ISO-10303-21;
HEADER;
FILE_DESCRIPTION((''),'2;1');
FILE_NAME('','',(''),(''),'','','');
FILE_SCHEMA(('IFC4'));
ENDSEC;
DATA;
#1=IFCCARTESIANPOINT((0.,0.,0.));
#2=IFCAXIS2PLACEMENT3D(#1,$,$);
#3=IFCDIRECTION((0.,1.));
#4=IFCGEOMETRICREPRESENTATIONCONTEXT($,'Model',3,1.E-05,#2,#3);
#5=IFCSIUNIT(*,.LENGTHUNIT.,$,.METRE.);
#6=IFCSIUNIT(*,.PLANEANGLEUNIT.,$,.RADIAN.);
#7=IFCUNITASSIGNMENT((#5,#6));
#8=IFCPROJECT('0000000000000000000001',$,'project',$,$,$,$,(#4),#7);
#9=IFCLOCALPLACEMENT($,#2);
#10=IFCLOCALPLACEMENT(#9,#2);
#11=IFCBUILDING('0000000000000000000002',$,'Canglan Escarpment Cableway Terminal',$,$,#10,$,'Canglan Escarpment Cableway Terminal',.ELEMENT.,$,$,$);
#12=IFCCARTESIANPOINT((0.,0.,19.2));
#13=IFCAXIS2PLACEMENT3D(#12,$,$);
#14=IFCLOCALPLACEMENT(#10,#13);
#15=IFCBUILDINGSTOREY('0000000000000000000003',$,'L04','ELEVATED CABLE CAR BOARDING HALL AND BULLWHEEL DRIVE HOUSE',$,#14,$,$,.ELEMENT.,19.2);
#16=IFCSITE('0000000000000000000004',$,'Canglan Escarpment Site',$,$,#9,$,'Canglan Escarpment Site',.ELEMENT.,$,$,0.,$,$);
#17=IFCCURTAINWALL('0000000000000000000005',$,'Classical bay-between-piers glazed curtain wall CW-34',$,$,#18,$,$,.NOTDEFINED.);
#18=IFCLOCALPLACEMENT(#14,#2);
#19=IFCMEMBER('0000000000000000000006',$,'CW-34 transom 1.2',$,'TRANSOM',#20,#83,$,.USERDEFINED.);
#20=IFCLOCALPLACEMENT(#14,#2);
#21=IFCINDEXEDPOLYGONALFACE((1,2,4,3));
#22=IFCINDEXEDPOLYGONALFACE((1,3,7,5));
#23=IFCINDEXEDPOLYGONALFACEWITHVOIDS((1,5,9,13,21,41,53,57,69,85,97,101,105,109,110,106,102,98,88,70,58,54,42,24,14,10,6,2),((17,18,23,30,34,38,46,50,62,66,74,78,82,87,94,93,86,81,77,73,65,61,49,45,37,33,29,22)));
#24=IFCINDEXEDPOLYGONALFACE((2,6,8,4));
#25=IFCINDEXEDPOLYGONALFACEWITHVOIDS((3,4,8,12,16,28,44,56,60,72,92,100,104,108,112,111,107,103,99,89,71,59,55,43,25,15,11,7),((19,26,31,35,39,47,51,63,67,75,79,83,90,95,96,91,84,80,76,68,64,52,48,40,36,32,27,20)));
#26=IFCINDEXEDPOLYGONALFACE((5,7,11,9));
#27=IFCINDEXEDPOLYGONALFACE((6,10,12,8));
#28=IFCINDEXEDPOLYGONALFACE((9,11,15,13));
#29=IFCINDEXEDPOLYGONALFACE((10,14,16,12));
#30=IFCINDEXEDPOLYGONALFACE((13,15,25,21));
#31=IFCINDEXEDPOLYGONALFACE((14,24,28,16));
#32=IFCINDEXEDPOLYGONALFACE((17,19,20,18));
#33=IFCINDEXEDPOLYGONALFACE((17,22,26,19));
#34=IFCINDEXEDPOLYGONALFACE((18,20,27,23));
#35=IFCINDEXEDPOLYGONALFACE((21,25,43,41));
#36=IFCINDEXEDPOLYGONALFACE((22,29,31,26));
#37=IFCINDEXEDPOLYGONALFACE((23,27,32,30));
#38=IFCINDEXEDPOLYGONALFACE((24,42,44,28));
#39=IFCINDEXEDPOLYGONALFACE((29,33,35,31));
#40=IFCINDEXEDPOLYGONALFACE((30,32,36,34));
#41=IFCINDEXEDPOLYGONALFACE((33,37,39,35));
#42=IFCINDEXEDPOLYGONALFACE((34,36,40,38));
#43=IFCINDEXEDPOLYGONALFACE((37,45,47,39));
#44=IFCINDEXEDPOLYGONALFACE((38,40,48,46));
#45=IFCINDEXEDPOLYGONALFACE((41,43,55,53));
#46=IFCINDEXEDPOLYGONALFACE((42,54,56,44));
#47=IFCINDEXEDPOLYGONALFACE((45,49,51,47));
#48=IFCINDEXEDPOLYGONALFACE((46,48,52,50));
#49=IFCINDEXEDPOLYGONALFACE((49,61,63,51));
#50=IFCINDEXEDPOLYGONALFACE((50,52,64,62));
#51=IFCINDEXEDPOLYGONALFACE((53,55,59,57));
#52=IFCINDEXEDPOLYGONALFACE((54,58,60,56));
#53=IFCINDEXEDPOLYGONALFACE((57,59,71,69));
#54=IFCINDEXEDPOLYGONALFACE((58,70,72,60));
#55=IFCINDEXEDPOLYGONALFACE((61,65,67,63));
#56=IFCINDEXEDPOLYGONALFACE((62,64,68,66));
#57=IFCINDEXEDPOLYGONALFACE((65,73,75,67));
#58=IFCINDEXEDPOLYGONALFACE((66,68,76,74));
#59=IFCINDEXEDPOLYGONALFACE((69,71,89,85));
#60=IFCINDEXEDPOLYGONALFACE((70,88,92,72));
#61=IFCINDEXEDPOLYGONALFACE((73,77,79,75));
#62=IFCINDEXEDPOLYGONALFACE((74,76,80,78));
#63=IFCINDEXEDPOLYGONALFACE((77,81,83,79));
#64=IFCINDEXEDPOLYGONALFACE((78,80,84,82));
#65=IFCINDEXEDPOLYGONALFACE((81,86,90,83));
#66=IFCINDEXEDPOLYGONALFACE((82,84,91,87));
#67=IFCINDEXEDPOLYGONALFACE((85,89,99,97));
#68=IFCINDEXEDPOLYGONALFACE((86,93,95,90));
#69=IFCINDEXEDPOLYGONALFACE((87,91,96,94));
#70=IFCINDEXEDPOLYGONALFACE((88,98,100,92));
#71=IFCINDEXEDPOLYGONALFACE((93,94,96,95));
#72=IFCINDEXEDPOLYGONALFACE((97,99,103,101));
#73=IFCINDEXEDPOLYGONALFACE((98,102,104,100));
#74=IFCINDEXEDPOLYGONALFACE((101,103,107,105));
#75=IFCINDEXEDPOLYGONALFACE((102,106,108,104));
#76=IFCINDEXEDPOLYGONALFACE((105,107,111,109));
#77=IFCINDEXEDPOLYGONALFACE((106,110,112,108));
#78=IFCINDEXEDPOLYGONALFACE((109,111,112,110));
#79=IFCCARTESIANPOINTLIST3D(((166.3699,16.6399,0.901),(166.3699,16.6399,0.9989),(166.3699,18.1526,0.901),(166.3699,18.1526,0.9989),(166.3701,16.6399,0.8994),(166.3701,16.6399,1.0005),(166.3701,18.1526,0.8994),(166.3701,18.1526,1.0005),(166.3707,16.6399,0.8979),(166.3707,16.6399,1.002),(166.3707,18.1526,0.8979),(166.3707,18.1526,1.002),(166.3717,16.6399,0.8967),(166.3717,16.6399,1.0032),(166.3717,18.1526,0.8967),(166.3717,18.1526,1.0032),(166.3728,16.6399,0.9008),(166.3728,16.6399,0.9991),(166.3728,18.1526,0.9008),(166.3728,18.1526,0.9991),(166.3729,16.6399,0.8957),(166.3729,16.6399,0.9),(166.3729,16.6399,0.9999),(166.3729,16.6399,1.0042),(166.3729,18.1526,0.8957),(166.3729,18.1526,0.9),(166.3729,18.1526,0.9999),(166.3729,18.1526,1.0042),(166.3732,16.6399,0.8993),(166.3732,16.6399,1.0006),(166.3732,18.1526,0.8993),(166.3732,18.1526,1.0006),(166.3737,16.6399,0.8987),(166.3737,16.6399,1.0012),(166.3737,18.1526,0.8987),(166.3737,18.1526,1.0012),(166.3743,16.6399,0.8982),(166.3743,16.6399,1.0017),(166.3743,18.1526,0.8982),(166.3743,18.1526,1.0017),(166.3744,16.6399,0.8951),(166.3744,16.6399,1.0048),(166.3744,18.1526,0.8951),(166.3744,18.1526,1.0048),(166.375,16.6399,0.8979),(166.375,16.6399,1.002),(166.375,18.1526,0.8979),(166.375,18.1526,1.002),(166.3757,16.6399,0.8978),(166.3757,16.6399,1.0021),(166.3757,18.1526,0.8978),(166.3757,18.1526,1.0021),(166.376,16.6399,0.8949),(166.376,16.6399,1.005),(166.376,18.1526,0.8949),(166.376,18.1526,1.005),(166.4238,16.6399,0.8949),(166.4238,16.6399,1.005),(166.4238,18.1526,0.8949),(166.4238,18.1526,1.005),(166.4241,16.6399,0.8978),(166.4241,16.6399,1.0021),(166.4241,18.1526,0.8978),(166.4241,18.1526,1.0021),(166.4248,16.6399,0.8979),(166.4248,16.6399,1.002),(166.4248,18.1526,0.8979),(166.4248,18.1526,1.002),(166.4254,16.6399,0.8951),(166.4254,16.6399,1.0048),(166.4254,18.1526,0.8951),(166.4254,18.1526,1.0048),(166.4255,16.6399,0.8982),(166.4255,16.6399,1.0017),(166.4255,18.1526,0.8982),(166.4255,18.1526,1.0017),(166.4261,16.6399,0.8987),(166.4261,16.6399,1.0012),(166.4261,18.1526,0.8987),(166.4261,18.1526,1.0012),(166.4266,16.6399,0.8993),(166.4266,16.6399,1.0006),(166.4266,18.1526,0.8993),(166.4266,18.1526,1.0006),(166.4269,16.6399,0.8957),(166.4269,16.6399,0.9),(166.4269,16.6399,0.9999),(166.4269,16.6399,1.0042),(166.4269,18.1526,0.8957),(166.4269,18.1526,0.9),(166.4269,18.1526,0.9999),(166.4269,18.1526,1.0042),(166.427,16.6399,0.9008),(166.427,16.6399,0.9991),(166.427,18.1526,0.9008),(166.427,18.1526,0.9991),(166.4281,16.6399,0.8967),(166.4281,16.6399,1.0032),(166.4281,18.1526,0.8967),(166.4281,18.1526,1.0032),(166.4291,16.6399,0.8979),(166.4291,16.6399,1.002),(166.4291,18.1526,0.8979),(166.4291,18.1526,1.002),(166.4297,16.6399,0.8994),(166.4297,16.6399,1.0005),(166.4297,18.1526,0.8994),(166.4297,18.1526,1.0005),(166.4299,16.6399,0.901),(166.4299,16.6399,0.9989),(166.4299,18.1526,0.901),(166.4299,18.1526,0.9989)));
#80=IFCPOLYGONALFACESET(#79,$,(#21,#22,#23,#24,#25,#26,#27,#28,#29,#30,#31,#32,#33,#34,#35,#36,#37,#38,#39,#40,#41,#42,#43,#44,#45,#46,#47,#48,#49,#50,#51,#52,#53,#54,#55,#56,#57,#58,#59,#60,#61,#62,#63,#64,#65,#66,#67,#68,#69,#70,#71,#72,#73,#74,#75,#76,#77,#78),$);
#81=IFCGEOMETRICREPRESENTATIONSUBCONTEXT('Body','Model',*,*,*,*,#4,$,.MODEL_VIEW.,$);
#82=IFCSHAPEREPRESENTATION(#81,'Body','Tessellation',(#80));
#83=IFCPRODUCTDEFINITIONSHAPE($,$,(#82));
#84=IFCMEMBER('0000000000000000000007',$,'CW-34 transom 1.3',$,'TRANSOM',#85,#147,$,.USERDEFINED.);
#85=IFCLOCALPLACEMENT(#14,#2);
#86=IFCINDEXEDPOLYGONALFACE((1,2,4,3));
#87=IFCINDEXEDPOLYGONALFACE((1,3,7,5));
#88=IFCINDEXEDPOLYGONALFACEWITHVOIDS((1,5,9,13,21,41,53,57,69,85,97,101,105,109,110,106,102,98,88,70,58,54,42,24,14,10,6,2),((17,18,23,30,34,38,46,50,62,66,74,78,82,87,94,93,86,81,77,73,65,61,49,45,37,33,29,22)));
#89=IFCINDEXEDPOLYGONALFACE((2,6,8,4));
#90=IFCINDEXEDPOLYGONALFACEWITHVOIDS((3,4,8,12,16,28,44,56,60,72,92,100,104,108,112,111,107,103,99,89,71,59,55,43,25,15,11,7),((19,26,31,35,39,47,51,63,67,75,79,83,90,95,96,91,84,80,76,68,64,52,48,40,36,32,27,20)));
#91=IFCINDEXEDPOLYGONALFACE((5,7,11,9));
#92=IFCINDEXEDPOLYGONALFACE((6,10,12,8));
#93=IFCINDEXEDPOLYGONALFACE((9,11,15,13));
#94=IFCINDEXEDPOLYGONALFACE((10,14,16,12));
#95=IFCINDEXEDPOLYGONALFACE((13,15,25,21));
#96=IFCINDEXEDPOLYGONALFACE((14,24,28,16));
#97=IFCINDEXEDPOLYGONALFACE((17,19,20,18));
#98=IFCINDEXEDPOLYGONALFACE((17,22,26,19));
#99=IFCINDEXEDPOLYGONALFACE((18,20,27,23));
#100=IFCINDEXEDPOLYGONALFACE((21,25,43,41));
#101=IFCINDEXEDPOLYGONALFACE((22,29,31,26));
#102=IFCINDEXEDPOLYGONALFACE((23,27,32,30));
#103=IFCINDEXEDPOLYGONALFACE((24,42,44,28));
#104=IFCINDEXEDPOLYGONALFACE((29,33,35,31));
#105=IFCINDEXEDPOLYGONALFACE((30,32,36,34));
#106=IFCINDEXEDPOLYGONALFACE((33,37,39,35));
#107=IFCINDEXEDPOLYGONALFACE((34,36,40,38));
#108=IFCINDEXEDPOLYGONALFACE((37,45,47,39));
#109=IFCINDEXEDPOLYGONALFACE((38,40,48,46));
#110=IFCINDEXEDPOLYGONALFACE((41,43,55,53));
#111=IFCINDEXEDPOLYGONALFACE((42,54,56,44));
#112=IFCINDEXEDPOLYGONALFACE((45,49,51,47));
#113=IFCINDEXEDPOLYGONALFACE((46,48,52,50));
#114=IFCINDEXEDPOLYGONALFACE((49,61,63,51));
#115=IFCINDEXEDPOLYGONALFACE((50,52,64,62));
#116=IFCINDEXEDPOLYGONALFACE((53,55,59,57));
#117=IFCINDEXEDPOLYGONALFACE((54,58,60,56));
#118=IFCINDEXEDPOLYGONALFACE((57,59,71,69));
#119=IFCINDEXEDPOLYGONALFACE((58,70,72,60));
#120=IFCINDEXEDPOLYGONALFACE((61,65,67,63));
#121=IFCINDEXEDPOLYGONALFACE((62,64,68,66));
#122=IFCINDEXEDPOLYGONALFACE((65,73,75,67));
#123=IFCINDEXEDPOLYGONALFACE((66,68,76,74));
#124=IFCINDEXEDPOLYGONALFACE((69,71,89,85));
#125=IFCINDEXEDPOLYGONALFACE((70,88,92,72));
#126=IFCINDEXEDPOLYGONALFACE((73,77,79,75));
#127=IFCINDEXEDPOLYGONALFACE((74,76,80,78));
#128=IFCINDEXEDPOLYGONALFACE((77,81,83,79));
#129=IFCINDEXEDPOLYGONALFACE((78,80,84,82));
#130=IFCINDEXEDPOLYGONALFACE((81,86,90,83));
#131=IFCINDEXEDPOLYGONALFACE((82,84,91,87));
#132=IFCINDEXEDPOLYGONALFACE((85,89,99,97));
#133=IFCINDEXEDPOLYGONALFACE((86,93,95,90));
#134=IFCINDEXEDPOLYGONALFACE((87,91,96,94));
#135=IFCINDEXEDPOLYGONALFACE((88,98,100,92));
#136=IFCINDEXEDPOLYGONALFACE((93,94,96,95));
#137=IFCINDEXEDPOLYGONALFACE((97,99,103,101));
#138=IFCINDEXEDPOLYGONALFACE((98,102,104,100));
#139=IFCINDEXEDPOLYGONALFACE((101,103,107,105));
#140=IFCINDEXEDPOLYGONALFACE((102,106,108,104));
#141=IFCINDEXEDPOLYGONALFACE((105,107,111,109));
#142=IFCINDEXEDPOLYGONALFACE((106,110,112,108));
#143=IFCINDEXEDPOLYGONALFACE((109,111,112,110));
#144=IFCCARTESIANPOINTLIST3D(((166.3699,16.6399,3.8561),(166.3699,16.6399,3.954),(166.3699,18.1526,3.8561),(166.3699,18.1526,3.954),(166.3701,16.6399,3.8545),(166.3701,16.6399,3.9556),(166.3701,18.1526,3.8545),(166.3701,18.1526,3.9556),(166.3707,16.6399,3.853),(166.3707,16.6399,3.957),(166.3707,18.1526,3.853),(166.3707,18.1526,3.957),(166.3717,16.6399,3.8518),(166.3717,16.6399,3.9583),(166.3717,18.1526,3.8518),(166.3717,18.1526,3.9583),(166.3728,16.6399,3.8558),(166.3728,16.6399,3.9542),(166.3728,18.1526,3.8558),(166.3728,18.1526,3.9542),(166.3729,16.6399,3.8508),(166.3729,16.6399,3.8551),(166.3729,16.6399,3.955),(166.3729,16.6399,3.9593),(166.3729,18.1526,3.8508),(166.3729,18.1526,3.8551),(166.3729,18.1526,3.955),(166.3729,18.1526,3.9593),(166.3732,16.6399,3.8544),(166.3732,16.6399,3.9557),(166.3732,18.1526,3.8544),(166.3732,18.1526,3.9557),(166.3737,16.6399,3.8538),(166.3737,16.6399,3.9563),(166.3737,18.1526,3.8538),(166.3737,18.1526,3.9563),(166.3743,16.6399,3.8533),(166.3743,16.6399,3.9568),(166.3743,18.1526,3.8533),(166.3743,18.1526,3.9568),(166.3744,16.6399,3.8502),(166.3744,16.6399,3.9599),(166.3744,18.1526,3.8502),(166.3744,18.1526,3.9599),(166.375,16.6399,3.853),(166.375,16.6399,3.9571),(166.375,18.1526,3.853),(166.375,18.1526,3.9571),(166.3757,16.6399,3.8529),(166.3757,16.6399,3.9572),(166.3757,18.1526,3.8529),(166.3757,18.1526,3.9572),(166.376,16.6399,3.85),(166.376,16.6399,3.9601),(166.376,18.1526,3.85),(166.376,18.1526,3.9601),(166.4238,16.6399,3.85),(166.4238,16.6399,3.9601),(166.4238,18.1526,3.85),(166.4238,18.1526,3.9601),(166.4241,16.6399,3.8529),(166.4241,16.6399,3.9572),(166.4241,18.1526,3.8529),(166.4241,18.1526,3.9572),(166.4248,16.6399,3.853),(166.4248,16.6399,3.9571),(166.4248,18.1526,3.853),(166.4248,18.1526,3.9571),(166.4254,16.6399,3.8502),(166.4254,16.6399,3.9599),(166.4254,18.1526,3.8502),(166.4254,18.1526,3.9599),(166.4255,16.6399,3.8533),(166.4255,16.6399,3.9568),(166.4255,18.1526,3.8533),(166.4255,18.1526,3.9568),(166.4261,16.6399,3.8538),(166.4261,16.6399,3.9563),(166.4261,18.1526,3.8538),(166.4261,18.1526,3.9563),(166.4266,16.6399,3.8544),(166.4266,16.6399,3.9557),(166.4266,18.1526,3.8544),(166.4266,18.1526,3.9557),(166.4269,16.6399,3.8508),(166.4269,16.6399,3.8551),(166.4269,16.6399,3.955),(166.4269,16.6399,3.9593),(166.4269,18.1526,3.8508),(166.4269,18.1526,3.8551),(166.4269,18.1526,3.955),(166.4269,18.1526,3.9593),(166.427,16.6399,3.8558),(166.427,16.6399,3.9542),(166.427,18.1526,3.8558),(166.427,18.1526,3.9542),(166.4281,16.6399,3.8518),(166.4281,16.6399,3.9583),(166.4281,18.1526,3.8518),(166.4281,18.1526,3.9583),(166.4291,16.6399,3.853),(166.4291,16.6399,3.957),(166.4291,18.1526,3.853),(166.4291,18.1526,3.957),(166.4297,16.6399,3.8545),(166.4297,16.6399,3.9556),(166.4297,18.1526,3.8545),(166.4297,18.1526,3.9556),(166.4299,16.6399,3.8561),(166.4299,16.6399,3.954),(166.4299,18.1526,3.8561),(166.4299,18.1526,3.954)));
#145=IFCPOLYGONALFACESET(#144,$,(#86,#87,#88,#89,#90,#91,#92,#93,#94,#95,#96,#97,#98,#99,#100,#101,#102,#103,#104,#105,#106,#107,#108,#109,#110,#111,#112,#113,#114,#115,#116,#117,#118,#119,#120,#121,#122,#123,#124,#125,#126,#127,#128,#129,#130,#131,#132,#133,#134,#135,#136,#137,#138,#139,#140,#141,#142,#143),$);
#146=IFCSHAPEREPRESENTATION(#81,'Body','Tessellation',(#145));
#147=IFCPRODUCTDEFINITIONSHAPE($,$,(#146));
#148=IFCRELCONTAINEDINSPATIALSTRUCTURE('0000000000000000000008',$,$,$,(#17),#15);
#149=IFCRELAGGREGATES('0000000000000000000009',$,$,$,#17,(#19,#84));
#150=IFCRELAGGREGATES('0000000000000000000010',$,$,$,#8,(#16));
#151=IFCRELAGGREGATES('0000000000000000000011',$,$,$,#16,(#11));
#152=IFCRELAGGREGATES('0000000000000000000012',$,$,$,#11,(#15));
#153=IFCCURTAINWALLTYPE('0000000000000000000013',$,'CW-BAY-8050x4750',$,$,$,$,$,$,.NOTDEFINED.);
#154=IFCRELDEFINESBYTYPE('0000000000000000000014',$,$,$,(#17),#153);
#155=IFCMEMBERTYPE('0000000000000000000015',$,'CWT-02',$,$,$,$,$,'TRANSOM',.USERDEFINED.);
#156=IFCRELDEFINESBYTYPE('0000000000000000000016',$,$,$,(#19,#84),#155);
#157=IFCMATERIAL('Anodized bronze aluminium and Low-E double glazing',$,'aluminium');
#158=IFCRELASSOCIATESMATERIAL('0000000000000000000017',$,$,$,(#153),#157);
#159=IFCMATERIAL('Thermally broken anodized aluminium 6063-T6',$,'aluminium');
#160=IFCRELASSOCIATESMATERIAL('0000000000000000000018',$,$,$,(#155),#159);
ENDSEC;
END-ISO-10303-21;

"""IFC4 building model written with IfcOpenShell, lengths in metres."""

from ifc_helpers import new_model, si_unit, direction, frame, origin, origin_2d, place, context, subcontext, project, spatial, hollow_rectangle, extrude, material, material_profile, profile_set, type_object, element, aggregate, save


model = new_model("IFC4")

# Units and contexts
model_context = context("Model", 3, precision=1e-05, world=origin(), true_north=direction((0.0, 1.0)))
body_context = subcontext(model_context, "Body", "Model", "MODEL_VIEW")
ifc_project = project(units=[si_unit("LENGTHUNIT", "METRE"), si_unit("PLANEANGLEUNIT", "RADIAN")], contexts=[model_context])

# Site, building, storey
site_placement = place(None, origin())
site = spatial("IfcSite", under=ifc_project, at=site_placement, Name="Canglan Escarpment Site", LongName="Canglan Escarpment Site", CompositionType="ELEMENT", RefElevation=0.0)
building_placement = place(site_placement, origin())
building = spatial("IfcBuilding", under=site, at=building_placement, Name="Canglan Escarpment Cableway Terminal", LongName="Canglan Escarpment Cableway Terminal", CompositionType="ELEMENT")
storey_placement = place(building_placement, frame((0.0, 0.0, 19.2)))
storey = spatial("IfcBuildingStorey", under=building, at=storey_placement, Name="L04", Description="ELEVATED CABLE CAR BOARDING HALL AND BULLWHEEL DRIVE HOUSE", CompositionType="ELEMENT", Elevation=19.2)

# Curtain wall
ifc_material_1 = material(Name="Anodized bronze aluminium and Low-E double glazing", Category="aluminium")
curtain_wall_type = type_object("IfcCurtainWallType", Name="CW-BAY-8050x4750", PredefinedType="NOTDEFINED", material=ifc_material_1)
ifc_material_2 = material(Name="Thermally broken anodized aluminium 6063-T6", Category="aluminium")
curtain_wall_1_placement = place(storey_placement, origin())
curtain_wall_1 = element("IfcCurtainWall", 1, at=curtain_wall_1_placement, inside=storey, type_object=curtain_wall_type, Name="Classical bay-between-piers glazed curtain wall CW-34", PredefinedType="NOTDEFINED")

# Members
ifc_material_profile_1 = material_profile(ifc_material_2, hollow_rectangle(XDim=0.0601, YDim=0.1101, WallThickness=0.0029, InnerFilletRadius=0.0029, OuterFilletRadius=0.0061, at=origin_2d()), Name="ALU-TRAN 60x110x3")
ifc_profile_set_1 = profile_set([ifc_material_profile_1], Name="Thermally broken anodized aluminium 6063-T6")
member_type_1 = type_object("IfcMemberType", Name="CWT-02", ElementType="TRANSOM", PredefinedType="USERDEFINED", material=ifc_profile_set_1)
member_1_placement = place(storey_placement, frame((166.3999, 16.6399, 0.95), z_axis=(0.0, 1.0, 0.0), x_axis=(-1.0, 0.0, 0.0)))
member_1 = element("IfcMember", 2, at=member_1_placement, type_object=member_type_1, Name="CW-34 transom 1.2", ObjectType="TRANSOM", PredefinedType="USERDEFINED", context=body_context, shape_type="SweptSolid", body=[
    extrude(hollow_rectangle(XDim=0.0601, YDim=0.1101, WallThickness=0.0029, InnerFilletRadius=0.0029, OuterFilletRadius=0.0061, at=origin_2d()), origin(), (0.0, 0.0, 1.0), 1.5127),
])
member_2_placement = place(storey_placement, frame((166.3999, 16.6399, 3.905), z_axis=(0.0, 1.0, 0.0), x_axis=(-1.0, 0.0, 0.0)))
member_2 = element("IfcMember", 3, at=member_2_placement, type_object=member_type_1, Name="CW-34 transom 1.3", ObjectType="TRANSOM", PredefinedType="USERDEFINED", context=body_context, shape_type="SweptSolid", body=[
    extrude(hollow_rectangle(XDim=0.0601, YDim=0.1101, WallThickness=0.0029, InnerFilletRadius=0.0029, OuterFilletRadius=0.0061, at=origin_2d()), origin(), (0.0, 0.0, 1.0), 1.5127),
])

aggregate(curtain_wall_1, [member_1, member_2])

save(model, "model.ifc")
